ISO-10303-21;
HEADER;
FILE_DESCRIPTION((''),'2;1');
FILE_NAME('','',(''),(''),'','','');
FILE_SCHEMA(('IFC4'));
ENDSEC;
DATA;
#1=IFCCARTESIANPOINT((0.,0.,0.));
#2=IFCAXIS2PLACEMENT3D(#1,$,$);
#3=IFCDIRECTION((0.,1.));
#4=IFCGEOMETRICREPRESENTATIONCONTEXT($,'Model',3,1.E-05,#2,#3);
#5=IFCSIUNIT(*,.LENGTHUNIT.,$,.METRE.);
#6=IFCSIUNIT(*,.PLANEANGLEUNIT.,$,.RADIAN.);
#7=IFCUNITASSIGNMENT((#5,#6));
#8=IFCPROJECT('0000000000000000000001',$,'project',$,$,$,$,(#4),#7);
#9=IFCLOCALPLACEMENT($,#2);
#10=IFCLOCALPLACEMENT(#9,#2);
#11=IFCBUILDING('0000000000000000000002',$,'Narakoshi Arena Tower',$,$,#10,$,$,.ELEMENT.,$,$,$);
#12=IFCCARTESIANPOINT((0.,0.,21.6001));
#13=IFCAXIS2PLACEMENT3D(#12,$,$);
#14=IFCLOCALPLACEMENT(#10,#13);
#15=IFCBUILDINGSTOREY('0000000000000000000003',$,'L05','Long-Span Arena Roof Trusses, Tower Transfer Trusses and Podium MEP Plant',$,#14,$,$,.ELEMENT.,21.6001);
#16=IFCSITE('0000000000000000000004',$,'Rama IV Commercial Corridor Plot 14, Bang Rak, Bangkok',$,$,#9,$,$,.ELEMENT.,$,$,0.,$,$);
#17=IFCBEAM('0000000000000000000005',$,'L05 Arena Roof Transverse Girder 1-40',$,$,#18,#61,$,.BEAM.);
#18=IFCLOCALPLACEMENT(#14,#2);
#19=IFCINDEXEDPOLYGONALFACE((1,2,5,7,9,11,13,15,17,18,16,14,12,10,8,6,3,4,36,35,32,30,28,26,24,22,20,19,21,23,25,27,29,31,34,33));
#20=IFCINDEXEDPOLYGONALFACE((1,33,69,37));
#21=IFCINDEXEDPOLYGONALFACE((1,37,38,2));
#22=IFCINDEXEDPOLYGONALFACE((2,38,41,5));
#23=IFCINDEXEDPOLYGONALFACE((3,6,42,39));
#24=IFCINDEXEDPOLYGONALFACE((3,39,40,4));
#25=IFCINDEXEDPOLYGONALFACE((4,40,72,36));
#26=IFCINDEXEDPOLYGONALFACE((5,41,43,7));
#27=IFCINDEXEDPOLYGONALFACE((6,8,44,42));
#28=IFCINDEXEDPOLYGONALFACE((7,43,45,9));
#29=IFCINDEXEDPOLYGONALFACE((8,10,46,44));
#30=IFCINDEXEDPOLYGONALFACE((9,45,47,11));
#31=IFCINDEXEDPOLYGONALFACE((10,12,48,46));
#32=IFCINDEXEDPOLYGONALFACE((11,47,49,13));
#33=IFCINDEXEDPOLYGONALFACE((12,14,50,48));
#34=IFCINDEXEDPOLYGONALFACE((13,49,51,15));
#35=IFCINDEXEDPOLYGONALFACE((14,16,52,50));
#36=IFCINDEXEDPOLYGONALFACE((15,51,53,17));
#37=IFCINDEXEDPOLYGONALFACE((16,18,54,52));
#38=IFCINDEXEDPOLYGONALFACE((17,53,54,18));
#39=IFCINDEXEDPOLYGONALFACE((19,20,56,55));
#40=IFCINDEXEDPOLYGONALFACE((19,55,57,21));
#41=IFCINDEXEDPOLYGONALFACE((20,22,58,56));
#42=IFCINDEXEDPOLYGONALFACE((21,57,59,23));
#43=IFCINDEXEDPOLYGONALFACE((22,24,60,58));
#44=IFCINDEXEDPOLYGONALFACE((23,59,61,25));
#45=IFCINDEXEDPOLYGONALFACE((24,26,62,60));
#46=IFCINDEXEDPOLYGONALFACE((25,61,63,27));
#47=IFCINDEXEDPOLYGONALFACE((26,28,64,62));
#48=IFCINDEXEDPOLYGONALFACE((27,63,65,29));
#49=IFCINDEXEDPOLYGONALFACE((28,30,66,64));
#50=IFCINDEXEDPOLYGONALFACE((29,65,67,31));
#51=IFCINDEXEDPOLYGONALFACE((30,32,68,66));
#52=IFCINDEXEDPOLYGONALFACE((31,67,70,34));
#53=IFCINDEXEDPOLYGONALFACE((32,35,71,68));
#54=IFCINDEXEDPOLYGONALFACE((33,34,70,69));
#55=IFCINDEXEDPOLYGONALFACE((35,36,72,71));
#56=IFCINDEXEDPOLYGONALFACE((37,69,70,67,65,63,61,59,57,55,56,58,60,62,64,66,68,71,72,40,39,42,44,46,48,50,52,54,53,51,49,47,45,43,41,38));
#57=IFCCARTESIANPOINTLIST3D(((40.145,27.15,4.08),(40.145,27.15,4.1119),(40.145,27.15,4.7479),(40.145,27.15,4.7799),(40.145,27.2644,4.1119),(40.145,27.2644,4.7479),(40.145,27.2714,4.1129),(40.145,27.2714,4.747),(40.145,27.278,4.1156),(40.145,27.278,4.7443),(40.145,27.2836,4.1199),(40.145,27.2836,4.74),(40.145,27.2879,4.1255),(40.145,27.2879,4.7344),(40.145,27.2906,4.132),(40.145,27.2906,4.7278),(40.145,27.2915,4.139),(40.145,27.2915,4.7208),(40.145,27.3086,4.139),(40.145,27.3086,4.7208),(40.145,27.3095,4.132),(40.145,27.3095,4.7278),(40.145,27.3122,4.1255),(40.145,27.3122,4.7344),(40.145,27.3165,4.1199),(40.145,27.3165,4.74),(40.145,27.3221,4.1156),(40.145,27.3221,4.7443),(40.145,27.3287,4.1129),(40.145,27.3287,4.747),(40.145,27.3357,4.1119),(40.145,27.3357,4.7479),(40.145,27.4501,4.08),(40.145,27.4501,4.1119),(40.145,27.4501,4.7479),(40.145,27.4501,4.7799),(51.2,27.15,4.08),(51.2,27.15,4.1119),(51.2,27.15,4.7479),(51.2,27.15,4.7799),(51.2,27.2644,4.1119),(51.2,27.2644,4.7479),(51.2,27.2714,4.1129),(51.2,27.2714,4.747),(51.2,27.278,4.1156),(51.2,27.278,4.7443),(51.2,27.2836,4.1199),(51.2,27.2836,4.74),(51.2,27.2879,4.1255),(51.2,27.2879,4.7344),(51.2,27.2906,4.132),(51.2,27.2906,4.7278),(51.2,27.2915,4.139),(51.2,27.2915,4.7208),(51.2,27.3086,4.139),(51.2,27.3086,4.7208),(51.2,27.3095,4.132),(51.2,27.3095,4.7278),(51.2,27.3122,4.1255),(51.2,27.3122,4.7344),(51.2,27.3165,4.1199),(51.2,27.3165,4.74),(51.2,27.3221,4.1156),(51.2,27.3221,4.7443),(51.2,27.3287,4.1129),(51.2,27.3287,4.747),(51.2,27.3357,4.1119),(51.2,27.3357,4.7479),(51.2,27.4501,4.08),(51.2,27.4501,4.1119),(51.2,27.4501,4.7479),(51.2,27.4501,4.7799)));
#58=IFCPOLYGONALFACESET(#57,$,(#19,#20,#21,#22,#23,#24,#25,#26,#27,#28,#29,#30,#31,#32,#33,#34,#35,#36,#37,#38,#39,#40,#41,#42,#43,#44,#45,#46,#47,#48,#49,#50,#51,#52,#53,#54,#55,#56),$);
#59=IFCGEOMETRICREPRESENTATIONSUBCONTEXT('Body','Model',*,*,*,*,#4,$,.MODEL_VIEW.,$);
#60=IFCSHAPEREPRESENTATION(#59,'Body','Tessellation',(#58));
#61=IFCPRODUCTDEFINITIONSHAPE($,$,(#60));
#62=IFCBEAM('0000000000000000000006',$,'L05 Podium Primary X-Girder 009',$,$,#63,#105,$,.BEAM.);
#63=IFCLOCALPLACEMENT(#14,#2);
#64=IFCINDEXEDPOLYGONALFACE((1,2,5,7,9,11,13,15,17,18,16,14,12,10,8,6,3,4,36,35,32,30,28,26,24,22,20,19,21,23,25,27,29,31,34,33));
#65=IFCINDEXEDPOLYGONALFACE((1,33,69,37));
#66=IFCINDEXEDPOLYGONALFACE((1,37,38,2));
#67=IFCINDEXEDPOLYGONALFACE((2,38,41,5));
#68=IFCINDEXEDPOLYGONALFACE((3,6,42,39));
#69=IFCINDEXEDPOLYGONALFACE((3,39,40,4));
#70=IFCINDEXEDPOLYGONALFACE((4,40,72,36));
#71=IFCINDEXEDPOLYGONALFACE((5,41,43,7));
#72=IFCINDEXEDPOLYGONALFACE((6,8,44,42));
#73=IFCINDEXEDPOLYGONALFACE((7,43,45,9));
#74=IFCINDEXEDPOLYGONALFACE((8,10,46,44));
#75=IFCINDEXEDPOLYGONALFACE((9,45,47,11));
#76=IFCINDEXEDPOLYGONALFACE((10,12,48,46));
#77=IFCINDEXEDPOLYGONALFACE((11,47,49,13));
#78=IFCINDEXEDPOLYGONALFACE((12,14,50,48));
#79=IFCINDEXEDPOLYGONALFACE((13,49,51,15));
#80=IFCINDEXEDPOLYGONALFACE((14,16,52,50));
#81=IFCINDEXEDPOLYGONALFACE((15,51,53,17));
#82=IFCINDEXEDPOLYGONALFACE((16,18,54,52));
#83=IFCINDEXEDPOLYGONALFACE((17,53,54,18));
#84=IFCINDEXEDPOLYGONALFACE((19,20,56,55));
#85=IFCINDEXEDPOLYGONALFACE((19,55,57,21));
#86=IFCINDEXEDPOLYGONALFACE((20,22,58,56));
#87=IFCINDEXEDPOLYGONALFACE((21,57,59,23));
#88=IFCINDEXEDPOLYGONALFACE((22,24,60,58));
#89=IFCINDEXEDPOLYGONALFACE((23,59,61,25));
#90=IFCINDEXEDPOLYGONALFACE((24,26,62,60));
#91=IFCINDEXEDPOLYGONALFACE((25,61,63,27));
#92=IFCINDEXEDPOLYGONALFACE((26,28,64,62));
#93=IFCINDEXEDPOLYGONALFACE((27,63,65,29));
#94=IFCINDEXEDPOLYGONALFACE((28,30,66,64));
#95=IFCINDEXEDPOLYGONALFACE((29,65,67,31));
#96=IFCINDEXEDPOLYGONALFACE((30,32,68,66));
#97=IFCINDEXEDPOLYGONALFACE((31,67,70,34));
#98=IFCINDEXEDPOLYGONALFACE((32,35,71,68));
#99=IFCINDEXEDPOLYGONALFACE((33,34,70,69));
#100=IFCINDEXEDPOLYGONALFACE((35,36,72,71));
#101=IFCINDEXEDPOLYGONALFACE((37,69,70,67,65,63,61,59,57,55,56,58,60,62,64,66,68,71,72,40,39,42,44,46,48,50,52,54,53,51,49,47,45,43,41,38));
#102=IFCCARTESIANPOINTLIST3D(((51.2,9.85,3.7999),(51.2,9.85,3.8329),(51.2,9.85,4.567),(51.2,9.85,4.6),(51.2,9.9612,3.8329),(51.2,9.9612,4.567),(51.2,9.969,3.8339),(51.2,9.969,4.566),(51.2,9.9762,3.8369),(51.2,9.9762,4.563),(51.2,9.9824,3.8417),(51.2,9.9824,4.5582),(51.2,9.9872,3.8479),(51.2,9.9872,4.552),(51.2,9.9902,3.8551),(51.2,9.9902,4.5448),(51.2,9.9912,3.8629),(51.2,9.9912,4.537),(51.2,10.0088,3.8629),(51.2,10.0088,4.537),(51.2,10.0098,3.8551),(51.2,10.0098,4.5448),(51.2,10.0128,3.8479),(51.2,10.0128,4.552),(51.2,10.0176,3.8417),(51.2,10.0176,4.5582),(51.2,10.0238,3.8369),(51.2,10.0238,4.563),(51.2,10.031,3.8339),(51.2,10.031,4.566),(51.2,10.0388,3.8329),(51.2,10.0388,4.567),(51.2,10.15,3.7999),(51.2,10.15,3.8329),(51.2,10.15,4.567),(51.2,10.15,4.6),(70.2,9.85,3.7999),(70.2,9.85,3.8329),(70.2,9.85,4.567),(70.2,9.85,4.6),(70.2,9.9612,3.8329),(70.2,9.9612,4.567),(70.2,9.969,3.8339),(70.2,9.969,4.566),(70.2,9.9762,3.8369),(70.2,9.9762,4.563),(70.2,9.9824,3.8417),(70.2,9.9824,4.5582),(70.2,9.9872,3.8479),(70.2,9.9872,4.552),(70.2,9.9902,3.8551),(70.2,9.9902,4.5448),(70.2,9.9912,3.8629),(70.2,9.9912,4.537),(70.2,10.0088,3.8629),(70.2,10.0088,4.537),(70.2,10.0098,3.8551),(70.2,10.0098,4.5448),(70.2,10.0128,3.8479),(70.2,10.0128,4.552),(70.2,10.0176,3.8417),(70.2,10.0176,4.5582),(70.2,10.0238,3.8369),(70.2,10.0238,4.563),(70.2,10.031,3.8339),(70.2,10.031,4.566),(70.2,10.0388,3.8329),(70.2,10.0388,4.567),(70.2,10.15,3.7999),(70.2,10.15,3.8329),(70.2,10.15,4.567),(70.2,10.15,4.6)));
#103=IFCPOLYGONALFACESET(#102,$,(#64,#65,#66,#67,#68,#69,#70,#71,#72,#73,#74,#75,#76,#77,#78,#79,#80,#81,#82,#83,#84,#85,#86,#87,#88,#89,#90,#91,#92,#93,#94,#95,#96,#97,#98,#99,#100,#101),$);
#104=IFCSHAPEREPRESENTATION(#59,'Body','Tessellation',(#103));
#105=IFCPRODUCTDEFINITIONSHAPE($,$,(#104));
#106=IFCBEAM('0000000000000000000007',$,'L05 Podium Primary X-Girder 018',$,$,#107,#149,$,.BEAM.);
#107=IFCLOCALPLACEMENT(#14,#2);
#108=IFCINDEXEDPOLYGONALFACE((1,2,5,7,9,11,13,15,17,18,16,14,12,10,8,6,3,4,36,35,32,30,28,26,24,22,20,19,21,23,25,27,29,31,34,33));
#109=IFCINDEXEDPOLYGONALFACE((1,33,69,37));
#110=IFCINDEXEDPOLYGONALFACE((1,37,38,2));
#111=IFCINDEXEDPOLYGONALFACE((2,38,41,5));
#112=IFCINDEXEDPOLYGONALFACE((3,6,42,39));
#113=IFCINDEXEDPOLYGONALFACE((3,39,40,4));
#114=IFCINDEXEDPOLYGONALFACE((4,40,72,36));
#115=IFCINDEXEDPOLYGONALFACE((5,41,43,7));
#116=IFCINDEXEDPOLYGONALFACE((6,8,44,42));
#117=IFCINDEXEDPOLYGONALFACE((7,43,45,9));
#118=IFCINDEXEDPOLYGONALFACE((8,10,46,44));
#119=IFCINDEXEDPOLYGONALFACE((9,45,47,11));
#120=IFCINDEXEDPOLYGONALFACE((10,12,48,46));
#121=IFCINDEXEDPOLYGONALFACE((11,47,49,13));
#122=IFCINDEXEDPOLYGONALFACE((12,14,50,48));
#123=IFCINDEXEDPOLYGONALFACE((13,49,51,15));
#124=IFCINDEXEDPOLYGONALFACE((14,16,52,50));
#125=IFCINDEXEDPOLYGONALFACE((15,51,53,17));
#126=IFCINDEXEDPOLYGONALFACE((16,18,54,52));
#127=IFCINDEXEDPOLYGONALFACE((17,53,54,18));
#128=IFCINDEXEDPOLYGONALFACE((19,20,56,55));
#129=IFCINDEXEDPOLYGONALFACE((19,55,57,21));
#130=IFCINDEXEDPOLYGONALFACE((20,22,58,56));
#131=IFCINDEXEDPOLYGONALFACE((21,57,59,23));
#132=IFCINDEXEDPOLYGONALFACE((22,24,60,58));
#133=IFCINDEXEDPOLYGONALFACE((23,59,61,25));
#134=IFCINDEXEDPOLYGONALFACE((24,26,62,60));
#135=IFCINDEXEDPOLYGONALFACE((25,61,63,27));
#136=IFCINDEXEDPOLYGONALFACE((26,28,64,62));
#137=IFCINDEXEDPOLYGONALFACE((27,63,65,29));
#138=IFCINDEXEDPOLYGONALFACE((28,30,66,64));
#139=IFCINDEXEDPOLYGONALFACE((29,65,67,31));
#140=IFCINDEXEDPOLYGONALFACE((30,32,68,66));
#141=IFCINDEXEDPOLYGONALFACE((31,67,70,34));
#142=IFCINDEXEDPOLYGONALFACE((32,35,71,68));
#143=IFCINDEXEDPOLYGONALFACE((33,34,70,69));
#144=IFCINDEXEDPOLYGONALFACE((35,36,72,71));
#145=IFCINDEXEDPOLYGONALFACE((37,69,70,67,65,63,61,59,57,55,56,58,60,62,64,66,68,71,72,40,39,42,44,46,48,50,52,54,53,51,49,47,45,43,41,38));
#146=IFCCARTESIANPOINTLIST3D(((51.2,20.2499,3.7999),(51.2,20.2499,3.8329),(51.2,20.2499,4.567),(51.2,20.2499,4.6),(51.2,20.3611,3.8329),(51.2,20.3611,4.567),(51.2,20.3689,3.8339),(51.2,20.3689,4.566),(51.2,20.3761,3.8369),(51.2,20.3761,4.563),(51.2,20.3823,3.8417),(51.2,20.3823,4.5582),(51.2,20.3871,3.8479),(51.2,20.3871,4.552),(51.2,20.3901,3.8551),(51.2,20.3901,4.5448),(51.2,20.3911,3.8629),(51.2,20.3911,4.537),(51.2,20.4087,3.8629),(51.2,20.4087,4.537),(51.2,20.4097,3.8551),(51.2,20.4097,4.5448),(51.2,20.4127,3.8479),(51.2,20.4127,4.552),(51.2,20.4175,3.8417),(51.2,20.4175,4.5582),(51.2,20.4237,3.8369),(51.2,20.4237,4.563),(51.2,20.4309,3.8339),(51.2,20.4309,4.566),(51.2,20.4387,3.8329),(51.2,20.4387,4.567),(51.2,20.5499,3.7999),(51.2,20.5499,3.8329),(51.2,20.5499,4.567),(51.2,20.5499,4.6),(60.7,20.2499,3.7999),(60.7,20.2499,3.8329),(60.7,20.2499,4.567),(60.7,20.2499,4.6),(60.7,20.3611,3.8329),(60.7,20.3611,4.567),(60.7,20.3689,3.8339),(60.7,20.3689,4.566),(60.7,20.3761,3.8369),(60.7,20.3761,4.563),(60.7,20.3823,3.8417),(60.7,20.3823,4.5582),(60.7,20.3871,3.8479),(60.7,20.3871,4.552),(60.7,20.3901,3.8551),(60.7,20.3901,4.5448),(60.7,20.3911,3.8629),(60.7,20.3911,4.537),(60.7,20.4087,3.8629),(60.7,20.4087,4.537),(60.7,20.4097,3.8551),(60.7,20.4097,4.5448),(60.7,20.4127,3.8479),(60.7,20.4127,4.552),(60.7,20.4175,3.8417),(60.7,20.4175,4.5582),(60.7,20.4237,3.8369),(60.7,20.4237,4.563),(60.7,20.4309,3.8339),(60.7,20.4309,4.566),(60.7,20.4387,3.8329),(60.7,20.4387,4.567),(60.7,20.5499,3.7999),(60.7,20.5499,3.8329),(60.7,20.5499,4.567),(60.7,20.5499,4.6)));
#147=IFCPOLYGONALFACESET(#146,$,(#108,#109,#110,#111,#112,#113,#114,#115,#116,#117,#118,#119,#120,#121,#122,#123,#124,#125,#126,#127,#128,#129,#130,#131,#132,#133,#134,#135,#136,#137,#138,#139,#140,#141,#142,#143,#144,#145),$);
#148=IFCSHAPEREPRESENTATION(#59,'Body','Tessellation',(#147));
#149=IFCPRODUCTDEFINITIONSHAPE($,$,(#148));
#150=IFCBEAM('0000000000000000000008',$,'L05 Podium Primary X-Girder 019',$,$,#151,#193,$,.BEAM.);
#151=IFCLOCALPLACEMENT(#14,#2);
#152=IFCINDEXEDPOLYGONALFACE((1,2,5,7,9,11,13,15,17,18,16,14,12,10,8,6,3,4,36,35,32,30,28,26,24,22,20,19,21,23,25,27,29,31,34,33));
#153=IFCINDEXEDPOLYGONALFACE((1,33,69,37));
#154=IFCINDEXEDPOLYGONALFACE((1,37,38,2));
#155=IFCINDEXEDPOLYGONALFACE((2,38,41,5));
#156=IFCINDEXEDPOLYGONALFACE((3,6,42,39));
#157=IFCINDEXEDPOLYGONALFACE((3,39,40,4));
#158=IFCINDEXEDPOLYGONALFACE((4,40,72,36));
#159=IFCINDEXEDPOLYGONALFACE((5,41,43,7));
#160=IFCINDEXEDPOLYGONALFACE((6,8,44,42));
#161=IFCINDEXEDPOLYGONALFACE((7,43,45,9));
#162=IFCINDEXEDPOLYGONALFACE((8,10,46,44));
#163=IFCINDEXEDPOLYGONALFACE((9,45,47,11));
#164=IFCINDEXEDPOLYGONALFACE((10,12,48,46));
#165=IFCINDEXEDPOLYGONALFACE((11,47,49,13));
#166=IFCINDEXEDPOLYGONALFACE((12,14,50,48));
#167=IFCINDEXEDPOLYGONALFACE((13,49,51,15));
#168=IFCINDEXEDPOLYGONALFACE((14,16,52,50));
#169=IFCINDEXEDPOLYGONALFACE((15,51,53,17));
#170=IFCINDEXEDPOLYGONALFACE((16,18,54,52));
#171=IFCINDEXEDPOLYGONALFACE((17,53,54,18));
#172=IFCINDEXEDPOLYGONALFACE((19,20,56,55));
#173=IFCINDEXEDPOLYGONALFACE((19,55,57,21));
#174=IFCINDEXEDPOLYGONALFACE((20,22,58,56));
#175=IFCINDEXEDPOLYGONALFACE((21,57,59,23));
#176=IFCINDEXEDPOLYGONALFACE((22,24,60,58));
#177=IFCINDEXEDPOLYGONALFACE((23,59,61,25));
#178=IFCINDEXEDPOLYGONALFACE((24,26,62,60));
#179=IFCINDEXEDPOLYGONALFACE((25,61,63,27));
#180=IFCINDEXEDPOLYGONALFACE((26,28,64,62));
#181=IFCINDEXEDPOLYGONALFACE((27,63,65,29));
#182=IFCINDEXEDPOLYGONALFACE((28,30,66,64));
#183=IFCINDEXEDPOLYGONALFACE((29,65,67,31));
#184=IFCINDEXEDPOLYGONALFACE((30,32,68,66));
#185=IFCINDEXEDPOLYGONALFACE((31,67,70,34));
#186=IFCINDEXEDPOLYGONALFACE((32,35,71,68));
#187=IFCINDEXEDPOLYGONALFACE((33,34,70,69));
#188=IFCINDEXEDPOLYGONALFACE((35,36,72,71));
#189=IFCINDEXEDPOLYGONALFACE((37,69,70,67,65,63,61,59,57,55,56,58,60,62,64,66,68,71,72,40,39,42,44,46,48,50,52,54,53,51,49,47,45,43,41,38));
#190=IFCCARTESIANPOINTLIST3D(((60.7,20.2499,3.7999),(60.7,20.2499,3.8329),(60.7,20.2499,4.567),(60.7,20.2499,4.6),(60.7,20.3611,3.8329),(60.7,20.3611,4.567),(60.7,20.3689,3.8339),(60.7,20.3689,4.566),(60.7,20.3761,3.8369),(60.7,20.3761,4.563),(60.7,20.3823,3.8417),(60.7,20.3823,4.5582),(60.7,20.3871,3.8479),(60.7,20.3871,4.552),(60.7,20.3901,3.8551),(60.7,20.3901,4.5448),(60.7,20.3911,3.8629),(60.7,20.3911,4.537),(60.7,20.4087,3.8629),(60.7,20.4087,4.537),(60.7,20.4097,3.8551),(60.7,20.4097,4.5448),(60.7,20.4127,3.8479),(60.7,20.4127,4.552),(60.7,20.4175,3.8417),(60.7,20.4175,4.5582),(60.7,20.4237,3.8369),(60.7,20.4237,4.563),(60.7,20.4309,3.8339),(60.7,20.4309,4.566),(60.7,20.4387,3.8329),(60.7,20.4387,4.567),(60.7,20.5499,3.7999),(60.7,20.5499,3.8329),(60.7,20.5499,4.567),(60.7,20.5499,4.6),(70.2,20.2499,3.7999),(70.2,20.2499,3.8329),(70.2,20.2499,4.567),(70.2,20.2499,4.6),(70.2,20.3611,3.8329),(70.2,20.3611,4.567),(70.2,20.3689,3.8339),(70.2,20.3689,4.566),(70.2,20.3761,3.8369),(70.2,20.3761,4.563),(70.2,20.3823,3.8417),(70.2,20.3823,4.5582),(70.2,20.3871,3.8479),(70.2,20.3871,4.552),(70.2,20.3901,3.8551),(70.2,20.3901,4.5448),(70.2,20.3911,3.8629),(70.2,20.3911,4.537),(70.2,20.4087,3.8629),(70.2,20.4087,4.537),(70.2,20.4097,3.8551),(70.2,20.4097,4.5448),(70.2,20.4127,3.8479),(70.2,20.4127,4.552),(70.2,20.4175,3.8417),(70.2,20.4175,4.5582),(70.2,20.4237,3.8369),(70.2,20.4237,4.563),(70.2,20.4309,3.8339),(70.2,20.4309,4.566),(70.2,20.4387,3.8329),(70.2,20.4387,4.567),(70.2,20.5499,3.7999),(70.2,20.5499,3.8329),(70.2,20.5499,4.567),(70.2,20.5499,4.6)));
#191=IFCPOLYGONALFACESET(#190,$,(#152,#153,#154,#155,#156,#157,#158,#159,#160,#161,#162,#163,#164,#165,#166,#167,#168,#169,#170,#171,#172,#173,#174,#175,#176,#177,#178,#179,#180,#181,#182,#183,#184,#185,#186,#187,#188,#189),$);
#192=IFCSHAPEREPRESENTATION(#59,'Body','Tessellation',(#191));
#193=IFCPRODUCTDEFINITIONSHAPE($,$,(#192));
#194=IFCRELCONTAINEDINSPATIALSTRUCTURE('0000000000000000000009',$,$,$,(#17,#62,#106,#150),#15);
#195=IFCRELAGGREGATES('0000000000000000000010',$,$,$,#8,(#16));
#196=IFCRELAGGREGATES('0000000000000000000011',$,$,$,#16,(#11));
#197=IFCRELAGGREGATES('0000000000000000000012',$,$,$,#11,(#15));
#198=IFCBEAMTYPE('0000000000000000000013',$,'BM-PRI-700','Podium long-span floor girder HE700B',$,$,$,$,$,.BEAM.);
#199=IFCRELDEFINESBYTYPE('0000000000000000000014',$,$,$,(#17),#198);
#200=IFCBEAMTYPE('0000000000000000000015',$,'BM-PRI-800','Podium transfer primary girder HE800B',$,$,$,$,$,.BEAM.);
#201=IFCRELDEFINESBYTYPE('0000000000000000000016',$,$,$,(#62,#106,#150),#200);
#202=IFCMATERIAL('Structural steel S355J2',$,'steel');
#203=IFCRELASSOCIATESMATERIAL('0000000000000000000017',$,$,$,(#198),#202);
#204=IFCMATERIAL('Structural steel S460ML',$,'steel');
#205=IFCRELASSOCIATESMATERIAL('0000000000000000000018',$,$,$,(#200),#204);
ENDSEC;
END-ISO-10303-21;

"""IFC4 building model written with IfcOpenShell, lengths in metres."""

from ifc_helpers import new_model, si_unit, direction, frame, origin, origin_2d, place, context, subcontext, project, spatial, i_section, extrude, material, material_profile, profile_set, type_object, element, save


model = new_model("IFC4")

# Units and contexts
model_context = context("Model", 3, precision=1e-05, world=origin(), true_north=direction((0.0, 1.0)))
body_context = subcontext(model_context, "Body", "Model", "MODEL_VIEW")
ifc_project = project(units=[si_unit("LENGTHUNIT", "METRE"), si_unit("PLANEANGLEUNIT", "RADIAN")], contexts=[model_context])

# Site, building, storey
site_placement = place(None, origin())
site = spatial("IfcSite", under=ifc_project, at=site_placement, Name="Rama IV Commercial Corridor Plot 14, Bang Rak, Bangkok", CompositionType="ELEMENT", RefElevation=0.0)
building_placement = place(site_placement, origin())
building = spatial("IfcBuilding", under=site, at=building_placement, Name="Narakoshi Arena Tower", CompositionType="ELEMENT")
storey_placement = place(building_placement, frame((0.0, 0.0, 21.6001)))
storey = spatial("IfcBuildingStorey", under=building, at=storey_placement, Name="L05", Description="Long-Span Arena Roof Trusses, Tower Transfer Trusses and Podium MEP Plant", CompositionType="ELEMENT", Elevation=21.6001)

# Shared definitions
ifc_material_1 = material(Name="Structural steel S355J2", Category="steel")

# Beams
ifc_material_profile_1 = material_profile(ifc_material_1, i_section(OverallWidth=0.3, OverallDepth=0.7, WebThickness=0.0171, FlangeThickness=0.032, FilletRadius=0.0271, at=origin_2d()), Name="HE700B")
ifc_profile_set_1 = profile_set([ifc_material_profile_1], Name="Structural steel S355J2")
beam_type_1 = type_object("IfcBeamType", Name="BM-PRI-700", Description="Podium long-span floor girder HE700B", PredefinedType="BEAM", material=ifc_profile_set_1)
beam_1_placement = place(storey_placement, frame((40.145, 27.3, 4.4299), z_axis=(1.0, 0.0, 0.0), x_axis=(0.0, 1.0, 0.0)))
element("IfcBeam", 1, at=beam_1_placement, inside=storey, type_object=beam_type_1, Name="L05 Arena Roof Transverse Girder 1-40", PredefinedType="BEAM", context=body_context, shape_type="SweptSolid", body=[
    extrude(i_section(OverallWidth=0.3, OverallDepth=0.7, WebThickness=0.0171, FlangeThickness=0.032, FilletRadius=0.0271, at=origin_2d()), origin(), (0.0, 0.0, 1.0), 11.0549),
])
ifc_material_2 = material(Name="Structural steel S460ML", Category="steel")
ifc_material_profile_2 = material_profile(ifc_material_2, i_section(OverallWidth=0.3, OverallDepth=0.8, WebThickness=0.0176, FlangeThickness=0.033, FilletRadius=0.03, at=origin_2d()), Name="HE800B")
ifc_profile_set_2 = profile_set([ifc_material_profile_2], Name="Structural steel S460ML")
beam_type_2 = type_object("IfcBeamType", Name="BM-PRI-800", Description="Podium transfer primary girder HE800B", PredefinedType="BEAM", material=ifc_profile_set_2)
beam_2_placement = place(storey_placement, frame((51.2, 10.0, 4.2), z_axis=(1.0, 0.0, 0.0), x_axis=(0.0, 1.0, 0.0)))
element("IfcBeam", 2, at=beam_2_placement, inside=storey, type_object=beam_type_2, Name="L05 Podium Primary X-Girder 009", PredefinedType="BEAM", context=body_context, shape_type="SweptSolid", body=[
    extrude(i_section(OverallWidth=0.3, OverallDepth=0.8, WebThickness=0.0176, FlangeThickness=0.033, FilletRadius=0.03, at=origin_2d()), origin(), (0.0, 0.0, 1.0), 19.0),
])
for number, where, z_axis, x_axis, name in (
    (3, (51.2, 20.3999, 4.2), (1.0, 0.0, 0.0), (0.0, 1.0, 0.0), "L05 Podium Primary X-Girder 018"),
    (4, (60.7, 20.3999, 4.2), (1.0, 0.0, 0.0), (0.0, 1.0, 0.0), "L05 Podium Primary X-Girder 019"),
):
    element("IfcBeam", number, at=place(storey_placement, frame(where, z_axis=z_axis, x_axis=x_axis)), inside=storey, type_object=beam_type_2, Name=name, PredefinedType="BEAM", context=body_context, shape_type="SweptSolid", body=[
        extrude(i_section(OverallWidth=0.3, OverallDepth=0.8, WebThickness=0.0176, FlangeThickness=0.033, FilletRadius=0.03, at=origin_2d()), origin(), (0.0, 0.0, 1.0), 9.5),
    ])

save(model, "model.ifc")
